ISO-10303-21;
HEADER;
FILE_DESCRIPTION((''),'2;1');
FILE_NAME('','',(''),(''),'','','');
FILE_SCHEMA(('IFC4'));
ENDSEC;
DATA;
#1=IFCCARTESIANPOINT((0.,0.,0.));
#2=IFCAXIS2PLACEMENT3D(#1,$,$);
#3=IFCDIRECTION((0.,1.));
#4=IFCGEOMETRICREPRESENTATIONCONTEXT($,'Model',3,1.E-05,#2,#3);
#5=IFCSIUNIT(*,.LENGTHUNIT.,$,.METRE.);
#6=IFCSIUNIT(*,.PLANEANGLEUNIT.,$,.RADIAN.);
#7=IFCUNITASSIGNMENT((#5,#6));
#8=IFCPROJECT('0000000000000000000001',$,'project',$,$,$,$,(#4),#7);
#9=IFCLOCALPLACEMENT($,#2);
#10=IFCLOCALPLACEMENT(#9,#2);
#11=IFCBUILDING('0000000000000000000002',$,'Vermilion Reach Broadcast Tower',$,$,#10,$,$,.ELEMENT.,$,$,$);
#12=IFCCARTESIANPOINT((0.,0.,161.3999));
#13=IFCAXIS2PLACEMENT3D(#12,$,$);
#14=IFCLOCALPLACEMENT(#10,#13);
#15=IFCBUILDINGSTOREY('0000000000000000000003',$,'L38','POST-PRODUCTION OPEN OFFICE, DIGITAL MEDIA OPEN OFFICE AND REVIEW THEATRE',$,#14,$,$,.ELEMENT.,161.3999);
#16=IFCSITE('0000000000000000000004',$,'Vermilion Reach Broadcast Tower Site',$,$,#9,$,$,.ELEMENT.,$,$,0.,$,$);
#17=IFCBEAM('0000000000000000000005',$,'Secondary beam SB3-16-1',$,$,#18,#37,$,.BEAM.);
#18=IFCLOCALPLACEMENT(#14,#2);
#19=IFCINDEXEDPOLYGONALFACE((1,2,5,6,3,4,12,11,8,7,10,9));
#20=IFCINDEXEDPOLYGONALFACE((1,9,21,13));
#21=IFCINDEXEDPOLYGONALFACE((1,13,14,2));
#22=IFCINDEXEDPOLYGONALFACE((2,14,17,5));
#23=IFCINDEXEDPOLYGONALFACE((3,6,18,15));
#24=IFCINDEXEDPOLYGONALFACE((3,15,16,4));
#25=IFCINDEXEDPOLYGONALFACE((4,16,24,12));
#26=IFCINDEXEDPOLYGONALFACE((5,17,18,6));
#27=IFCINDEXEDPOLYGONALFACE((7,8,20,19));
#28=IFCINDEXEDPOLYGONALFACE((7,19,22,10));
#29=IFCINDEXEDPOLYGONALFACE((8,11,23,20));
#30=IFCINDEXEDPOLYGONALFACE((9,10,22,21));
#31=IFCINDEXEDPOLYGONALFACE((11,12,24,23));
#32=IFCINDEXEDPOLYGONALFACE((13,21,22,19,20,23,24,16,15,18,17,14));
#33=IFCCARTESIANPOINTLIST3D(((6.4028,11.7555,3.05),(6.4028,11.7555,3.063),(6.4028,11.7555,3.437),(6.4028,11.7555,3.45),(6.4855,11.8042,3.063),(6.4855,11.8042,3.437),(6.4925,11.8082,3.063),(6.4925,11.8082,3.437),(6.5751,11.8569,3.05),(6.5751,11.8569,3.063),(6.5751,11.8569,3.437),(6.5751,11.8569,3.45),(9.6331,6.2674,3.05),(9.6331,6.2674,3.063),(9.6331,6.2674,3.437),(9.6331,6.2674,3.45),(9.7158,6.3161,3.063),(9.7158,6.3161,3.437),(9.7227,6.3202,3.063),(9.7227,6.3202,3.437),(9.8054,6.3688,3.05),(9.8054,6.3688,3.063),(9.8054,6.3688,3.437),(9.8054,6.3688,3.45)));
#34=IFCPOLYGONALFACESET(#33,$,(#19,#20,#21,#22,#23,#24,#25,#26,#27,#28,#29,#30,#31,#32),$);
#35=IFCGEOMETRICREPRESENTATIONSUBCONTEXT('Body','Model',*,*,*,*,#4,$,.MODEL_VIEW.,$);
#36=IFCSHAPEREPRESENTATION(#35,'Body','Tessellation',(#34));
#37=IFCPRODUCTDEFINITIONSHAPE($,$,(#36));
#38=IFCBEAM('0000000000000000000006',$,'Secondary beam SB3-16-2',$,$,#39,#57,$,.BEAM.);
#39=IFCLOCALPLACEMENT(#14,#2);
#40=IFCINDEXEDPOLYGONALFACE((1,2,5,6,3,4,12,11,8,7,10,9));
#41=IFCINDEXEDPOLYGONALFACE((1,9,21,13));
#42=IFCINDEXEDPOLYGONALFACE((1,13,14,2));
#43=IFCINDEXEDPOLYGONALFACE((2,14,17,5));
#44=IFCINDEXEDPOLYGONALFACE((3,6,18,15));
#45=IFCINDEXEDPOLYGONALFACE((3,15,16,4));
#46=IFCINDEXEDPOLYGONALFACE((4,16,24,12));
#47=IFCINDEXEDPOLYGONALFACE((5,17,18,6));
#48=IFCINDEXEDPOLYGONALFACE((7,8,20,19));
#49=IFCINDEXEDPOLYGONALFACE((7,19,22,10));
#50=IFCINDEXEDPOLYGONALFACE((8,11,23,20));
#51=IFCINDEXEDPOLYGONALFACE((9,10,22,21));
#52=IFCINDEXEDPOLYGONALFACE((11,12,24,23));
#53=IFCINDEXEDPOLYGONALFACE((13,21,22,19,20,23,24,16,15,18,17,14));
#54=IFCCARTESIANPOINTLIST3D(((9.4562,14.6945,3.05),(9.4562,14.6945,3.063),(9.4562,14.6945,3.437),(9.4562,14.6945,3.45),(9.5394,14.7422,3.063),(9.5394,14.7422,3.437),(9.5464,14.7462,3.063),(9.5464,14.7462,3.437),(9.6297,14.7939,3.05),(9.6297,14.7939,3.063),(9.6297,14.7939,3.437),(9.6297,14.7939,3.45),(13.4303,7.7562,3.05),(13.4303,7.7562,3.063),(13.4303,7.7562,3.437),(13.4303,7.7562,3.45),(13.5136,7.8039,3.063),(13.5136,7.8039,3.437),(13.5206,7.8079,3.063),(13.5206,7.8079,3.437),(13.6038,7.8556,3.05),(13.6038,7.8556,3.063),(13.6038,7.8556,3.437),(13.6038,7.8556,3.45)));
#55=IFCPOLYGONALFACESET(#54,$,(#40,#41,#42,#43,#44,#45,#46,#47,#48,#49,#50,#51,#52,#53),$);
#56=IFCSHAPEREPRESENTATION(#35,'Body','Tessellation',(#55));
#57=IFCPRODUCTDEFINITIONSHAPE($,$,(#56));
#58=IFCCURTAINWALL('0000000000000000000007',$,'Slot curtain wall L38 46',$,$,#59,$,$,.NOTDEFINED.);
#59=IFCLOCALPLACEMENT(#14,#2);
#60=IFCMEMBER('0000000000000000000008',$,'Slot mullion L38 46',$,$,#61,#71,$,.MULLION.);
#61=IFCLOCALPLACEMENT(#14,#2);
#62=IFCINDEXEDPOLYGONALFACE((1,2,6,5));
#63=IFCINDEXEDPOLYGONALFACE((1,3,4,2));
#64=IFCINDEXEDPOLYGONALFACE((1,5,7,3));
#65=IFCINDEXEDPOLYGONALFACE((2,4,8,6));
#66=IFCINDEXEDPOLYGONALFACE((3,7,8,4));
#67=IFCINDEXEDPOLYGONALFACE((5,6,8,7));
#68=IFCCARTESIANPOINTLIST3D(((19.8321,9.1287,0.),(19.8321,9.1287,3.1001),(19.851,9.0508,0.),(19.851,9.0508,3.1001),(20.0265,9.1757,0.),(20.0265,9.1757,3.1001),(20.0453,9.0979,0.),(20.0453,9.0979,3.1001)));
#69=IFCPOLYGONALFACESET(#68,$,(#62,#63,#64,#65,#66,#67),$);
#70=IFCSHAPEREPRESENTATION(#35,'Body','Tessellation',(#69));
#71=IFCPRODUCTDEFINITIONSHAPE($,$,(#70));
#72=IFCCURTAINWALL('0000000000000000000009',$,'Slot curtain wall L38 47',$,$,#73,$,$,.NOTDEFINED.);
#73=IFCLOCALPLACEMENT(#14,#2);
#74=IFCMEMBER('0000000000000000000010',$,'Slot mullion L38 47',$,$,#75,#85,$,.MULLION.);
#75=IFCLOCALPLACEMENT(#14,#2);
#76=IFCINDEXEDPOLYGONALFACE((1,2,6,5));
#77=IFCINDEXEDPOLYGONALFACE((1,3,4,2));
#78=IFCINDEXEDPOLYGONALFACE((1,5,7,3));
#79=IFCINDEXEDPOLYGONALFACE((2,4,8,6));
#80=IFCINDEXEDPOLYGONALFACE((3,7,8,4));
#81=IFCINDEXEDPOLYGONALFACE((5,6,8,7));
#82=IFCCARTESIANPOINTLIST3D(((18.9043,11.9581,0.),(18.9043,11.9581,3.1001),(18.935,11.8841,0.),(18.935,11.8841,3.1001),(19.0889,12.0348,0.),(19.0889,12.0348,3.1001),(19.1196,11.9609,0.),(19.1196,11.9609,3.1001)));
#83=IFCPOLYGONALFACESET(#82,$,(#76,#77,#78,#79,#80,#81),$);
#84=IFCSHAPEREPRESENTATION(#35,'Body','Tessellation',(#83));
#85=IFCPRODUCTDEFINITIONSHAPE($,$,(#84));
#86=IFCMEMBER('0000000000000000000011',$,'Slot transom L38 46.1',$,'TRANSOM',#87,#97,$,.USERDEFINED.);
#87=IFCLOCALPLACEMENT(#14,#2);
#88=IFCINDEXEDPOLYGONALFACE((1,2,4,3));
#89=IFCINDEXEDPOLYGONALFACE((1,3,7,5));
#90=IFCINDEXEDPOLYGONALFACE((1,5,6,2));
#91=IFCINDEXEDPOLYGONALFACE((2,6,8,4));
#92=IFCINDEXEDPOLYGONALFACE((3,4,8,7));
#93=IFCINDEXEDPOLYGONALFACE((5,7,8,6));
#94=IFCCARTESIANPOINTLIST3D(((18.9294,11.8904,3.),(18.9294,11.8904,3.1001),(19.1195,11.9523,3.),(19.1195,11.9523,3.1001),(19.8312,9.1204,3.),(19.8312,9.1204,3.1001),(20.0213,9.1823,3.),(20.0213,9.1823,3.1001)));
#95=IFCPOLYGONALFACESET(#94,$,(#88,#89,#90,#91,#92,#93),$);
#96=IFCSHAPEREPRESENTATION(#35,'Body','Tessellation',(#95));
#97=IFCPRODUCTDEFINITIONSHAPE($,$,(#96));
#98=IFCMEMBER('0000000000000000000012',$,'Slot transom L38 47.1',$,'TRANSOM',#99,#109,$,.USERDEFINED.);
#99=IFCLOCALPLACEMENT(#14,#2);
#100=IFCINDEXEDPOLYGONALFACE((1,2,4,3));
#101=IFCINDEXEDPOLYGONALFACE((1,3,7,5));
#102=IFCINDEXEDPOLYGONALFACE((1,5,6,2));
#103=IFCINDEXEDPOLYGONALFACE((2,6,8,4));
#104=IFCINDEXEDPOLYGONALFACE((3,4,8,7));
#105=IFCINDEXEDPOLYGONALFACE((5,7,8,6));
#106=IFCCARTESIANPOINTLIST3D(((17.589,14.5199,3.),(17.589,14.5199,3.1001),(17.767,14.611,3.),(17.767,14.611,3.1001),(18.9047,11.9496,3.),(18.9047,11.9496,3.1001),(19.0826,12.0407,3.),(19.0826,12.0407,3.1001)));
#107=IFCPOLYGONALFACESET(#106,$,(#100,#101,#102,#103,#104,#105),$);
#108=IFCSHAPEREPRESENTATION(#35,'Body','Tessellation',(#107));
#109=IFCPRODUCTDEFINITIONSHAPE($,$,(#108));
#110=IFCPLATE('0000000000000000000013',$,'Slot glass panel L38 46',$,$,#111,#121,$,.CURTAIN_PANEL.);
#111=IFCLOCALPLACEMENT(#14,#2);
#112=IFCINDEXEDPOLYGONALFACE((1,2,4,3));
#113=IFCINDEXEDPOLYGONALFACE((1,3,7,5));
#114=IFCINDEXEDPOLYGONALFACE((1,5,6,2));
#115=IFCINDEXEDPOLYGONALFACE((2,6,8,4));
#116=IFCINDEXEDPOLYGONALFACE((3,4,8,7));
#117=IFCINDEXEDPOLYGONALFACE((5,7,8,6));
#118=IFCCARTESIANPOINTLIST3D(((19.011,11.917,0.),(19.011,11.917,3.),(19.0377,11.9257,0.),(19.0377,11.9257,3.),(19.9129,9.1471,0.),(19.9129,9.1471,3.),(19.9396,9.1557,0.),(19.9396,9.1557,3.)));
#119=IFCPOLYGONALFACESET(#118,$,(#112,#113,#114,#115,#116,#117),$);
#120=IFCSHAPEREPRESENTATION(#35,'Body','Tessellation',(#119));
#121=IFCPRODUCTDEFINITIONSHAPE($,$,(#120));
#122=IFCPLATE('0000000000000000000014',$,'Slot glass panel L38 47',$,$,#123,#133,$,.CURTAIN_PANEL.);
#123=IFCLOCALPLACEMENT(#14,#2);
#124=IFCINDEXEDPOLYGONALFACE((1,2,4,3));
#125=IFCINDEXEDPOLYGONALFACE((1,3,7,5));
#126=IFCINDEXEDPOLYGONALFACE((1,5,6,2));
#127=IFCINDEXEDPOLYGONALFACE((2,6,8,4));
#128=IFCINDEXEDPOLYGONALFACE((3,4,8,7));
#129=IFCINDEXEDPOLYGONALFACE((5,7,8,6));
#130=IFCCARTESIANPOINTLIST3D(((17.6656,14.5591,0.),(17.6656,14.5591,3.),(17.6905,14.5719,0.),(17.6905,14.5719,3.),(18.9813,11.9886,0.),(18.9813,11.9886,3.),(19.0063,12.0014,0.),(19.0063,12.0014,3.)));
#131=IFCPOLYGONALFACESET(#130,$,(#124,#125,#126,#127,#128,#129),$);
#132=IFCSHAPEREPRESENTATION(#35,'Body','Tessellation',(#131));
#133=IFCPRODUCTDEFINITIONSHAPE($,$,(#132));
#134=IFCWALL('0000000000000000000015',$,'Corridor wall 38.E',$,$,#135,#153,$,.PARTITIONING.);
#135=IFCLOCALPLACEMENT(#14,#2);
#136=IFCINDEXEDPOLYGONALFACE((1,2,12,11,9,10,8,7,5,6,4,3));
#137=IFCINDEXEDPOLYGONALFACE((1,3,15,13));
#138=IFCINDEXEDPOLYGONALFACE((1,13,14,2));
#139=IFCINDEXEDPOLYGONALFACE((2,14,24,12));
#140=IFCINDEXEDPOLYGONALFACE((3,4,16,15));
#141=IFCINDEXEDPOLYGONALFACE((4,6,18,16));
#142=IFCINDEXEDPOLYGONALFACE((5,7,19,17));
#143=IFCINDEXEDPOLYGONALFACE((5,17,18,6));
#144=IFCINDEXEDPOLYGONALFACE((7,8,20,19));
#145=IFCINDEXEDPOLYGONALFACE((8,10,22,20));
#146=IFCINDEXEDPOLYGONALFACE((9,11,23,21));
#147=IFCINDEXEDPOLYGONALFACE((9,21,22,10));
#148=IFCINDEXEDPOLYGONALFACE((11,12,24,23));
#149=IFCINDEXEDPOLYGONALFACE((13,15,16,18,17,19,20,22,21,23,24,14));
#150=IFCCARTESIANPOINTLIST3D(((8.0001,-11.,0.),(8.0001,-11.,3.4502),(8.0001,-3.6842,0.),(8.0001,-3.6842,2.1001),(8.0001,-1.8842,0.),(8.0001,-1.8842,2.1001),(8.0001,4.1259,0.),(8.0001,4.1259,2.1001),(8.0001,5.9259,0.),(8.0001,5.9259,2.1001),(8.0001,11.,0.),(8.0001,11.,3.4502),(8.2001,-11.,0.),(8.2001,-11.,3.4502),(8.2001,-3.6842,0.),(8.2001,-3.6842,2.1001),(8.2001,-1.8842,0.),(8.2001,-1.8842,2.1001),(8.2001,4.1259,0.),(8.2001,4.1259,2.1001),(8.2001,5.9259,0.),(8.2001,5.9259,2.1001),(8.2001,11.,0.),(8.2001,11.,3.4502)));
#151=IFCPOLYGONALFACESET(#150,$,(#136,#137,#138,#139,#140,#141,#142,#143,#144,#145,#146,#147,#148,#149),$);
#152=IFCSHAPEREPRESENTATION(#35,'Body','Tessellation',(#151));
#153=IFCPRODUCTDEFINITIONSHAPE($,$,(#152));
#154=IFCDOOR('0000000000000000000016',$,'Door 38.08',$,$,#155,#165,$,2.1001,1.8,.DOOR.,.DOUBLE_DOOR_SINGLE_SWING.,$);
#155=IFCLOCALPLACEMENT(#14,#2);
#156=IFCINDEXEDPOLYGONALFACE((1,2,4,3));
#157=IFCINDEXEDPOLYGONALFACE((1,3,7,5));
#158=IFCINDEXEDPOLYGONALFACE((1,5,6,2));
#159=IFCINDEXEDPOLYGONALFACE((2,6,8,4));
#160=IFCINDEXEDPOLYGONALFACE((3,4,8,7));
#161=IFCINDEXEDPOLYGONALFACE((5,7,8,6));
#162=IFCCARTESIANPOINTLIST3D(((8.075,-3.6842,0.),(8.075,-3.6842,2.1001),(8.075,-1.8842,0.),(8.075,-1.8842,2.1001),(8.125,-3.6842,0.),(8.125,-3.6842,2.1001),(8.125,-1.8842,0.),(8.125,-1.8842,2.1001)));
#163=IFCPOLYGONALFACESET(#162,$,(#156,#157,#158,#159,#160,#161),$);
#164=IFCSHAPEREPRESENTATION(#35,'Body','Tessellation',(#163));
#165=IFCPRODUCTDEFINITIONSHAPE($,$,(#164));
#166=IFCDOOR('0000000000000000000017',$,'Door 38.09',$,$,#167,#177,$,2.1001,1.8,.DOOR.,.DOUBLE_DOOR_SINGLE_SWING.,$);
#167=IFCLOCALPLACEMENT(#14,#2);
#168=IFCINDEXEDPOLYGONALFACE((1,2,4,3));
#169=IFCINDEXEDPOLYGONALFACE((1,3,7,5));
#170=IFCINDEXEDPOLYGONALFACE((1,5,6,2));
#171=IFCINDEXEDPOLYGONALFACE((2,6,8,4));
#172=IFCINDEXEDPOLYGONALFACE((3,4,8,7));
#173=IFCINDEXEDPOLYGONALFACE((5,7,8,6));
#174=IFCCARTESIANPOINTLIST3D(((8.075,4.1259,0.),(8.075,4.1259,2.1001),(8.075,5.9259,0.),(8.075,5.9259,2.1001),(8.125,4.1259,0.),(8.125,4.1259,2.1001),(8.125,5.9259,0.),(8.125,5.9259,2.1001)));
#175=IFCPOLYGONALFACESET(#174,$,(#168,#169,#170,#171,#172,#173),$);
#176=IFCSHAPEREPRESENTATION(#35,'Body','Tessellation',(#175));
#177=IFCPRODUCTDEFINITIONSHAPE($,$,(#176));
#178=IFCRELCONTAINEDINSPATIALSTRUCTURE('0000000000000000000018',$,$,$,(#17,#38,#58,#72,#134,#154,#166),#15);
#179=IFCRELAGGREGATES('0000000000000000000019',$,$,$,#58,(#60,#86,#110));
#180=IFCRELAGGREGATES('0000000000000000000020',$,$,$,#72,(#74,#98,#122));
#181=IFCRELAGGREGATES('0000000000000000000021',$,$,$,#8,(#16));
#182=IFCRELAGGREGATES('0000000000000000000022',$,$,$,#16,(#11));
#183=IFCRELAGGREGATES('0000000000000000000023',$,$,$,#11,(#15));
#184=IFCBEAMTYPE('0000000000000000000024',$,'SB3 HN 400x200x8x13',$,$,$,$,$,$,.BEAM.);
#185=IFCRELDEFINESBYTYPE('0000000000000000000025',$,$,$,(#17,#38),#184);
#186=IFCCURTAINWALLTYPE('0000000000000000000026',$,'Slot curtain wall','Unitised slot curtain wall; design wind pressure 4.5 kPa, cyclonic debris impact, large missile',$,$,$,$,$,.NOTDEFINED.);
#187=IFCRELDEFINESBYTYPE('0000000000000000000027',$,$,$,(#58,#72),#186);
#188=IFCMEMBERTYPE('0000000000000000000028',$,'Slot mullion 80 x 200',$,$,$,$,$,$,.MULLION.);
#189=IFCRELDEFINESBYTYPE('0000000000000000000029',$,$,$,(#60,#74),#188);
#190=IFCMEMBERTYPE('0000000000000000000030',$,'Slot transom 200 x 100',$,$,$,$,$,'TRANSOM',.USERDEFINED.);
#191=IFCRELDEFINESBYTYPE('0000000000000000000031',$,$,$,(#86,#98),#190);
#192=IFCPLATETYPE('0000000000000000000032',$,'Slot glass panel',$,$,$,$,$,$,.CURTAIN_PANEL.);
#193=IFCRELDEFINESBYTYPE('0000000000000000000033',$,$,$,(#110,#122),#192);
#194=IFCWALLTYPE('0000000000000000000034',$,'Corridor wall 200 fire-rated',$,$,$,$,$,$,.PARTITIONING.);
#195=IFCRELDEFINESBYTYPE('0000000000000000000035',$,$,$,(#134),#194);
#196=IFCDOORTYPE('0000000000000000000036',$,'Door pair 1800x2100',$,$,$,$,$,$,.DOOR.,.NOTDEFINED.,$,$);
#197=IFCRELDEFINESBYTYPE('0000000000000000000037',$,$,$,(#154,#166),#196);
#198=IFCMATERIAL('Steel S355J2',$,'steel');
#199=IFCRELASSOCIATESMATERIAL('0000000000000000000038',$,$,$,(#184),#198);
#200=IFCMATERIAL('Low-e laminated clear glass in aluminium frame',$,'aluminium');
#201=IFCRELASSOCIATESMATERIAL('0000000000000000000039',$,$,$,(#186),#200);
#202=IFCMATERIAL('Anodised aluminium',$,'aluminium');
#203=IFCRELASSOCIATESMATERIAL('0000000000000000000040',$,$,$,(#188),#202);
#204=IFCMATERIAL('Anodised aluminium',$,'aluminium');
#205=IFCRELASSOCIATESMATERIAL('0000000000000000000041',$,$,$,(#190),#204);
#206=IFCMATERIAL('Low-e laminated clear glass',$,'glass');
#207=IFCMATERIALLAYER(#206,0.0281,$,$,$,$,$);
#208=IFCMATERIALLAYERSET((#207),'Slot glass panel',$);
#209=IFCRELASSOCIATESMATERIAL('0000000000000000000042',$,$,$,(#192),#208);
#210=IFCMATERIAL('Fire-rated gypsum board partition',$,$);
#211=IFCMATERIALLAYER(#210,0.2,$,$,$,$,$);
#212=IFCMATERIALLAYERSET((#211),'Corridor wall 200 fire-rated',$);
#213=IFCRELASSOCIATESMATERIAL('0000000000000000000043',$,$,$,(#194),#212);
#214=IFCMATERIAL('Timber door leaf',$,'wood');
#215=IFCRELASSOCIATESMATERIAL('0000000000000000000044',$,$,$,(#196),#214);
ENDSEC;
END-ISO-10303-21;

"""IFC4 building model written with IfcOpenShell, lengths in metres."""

from ifc_helpers import new_model, si_unit, direction, frame, frame_2d, origin, origin_2d, place, context, subcontext, project, spatial, rectangle, i_section, extrude, material, layer, layer_set, material_profile, profile_set, type_object, element, fill, aggregate, save


model = new_model("IFC4")

# Units and contexts
model_context = context("Model", 3, precision=1e-05, world=origin(), true_north=direction((0.0, 1.0)))
body_context = subcontext(model_context, "Body", "Model", "MODEL_VIEW")
ifc_project = project(units=[si_unit("LENGTHUNIT", "METRE"), si_unit("PLANEANGLEUNIT", "RADIAN")], contexts=[model_context])

# Site, building, storey
site_placement = place(None, origin())
site = spatial("IfcSite", under=ifc_project, at=site_placement, Name="Vermilion Reach Broadcast Tower Site", CompositionType="ELEMENT", RefElevation=0.0)
building_placement = place(site_placement, origin())
building = spatial("IfcBuilding", under=site, at=building_placement, Name="Vermilion Reach Broadcast Tower", CompositionType="ELEMENT")
storey_placement = place(building_placement, frame((0.0, 0.0, 161.3999)))
storey = spatial("IfcBuildingStorey", under=building, at=storey_placement, Name="L38", Description="POST-PRODUCTION OPEN OFFICE, DIGITAL MEDIA OPEN OFFICE AND REVIEW THEATRE", CompositionType="ELEMENT", Elevation=161.3999)

# Beams
ifc_material_1 = material(Name="Steel S355J2", Category="steel")
ifc_material_profile_1 = material_profile(ifc_material_1, i_section(OverallWidth=0.2, OverallDepth=0.3999, WebThickness=0.0081, FlangeThickness=0.0129, at=origin_2d()), Name="S355J2 HN 400x200x8x13")
ifc_profile_set_1 = profile_set([ifc_material_profile_1], Name="Steel S355J2")
beam_type_1 = type_object("IfcBeamType", Name="SB3 HN 400x200x8x13", PredefinedType="BEAM", material=ifc_profile_set_1)
beam_1_placement = place(storey_placement, frame((9.7192, 6.3181, 3.25), z_axis=(-0.50725, 0.861799, 0.0), x_axis=(-0.861799, -0.50725, 0.0)))
element("IfcBeam", 1, at=beam_1_placement, inside=storey, type_object=beam_type_1, Name="Secondary beam SB3-16-1", PredefinedType="BEAM", context=body_context, shape_type="SweptSolid", body=[
    extrude(i_section(OverallWidth=0.2, OverallDepth=0.3999, WebThickness=0.0081, FlangeThickness=0.0129, at=origin_2d()), origin(), (0.0, 0.0, 1.0), 6.3682),
])
beam_2_placement = place(storey_placement, frame((13.5171, 7.8059, 3.25), z_axis=(-0.497027, 0.867735, 0.0), x_axis=(-0.867735, -0.497027, 0.0)))
element("IfcBeam", 2, at=beam_2_placement, inside=storey, type_object=beam_type_1, Name="Secondary beam SB3-16-2", PredefinedType="BEAM", context=body_context, shape_type="SweptSolid", body=[
    extrude(i_section(OverallWidth=0.2, OverallDepth=0.3999, WebThickness=0.0081, FlangeThickness=0.0129, at=origin_2d()), origin(), (0.0, 0.0, 1.0), 7.9958),
])

# Curtain walls, members
ifc_material_2 = material(Name="Low-e laminated clear glass in aluminium frame", Category="aluminium")
curtain_wall_type = type_object("IfcCurtainWallType", Name="Slot curtain wall", Description="Unitised slot curtain wall; design wind pressure 4.5 kPa, cyclonic debris impact, large missile", PredefinedType="NOTDEFINED", material=ifc_material_2)
placement = place(storey_placement, origin())
curtain_wall_1 = element("IfcCurtainWall", 3, at=placement, inside=storey, type_object=curtain_wall_type, Name="Slot curtain wall L38 46", PredefinedType="NOTDEFINED")
ifc_material_3 = material(Name="Anodised aluminium", Category="aluminium")
ifc_material_profile_2 = material_profile(ifc_material_3, rectangle(XDim=0.2, YDim=0.0801, at=origin_2d()), Name="Slot mullion 80 x 200")
ifc_profile_set_2 = profile_set([ifc_material_profile_2], Name="Anodised aluminium")
member_type_1 = type_object("IfcMemberType", Name="Slot mullion 80 x 200", PredefinedType="MULLION", material=ifc_profile_set_2)
member_1_placement = place(storey_placement, frame((19.9387, 9.1133, 0.0), z_axis=(0.0, 0.0, 1.0), x_axis=(-0.971934, -0.235253, 0.0)))
member_1 = element("IfcMember", 4, at=member_1_placement, type_object=member_type_1, Name="Slot mullion L38 46", PredefinedType="MULLION", context=body_context, shape_type="SweptSolid", body=[
    extrude(rectangle(XDim=0.2, YDim=0.0801, at=origin_2d()), origin(), (0.0, 0.0, 1.0), 3.1001),
])
curtain_wall_2 = element("IfcCurtainWall", 5, at=placement, inside=storey, type_object=curtain_wall_type, Name="Slot curtain wall L38 47", PredefinedType="NOTDEFINED")
member_2_placement = place(storey_placement, frame((19.012, 11.9595, 0.0), z_axis=(0.0, 0.0, 1.0), x_axis=(-0.923404, -0.38383, 0.0)))
member_2 = element("IfcMember", 6, at=member_2_placement, type_object=member_type_1, Name="Slot mullion L38 47", PredefinedType="MULLION", context=body_context, shape_type="SweptSolid", body=[
    extrude(rectangle(XDim=0.2, YDim=0.0801, at=origin_2d()), origin(), (0.0, 0.0, 1.0), 3.1001),
])

# Members
ifc_material_4 = material(Name="Anodised aluminium", Category="aluminium")
ifc_material_profile_3 = material_profile(ifc_material_4, rectangle(XDim=0.2, YDim=0.1001, at=origin_2d()), Name="Slot transom 200 x 100")
ifc_profile_set_3 = profile_set([ifc_material_profile_3], Name="Anodised aluminium")
member_type_2 = type_object("IfcMemberType", Name="Slot transom 200 x 100", ElementType="TRANSOM", PredefinedType="USERDEFINED", material=ifc_profile_set_3)
member_3_placement = place(storey_placement, frame((19.9263, 9.1514, 3.05), z_axis=(-0.309583, 0.950873, 0.0), x_axis=(-0.950873, -0.309583, 0.0)))
member_3 = element("IfcMember", 7, at=member_3_placement, type_object=member_type_2, Name="Slot transom L38 46.1", ObjectType="TRANSOM", PredefinedType="USERDEFINED", context=body_context, shape_type="SweptSolid", body=[
    extrude(rectangle(XDim=0.2, YDim=0.1001, at=origin_2d()), origin(), (0.0, 0.0, 1.0), 2.9131),
])
member_4_placement = place(storey_placement, frame((18.9937, 11.9951, 3.05), z_axis=(-0.455649, 0.89016, 0.0), x_axis=(-0.89016, -0.455649, 0.0)))
member_4 = element("IfcMember", 8, at=member_4_placement, type_object=member_type_2, Name="Slot transom L38 47.1", ObjectType="TRANSOM", PredefinedType="USERDEFINED", context=body_context, shape_type="SweptSolid", body=[
    extrude(rectangle(XDim=0.2, YDim=0.1001, at=origin_2d()), origin(), (0.0, 0.0, 1.0), 2.8875),
])

# Plates
ifc_material_5 = material(Name="Low-e laminated clear glass", Category="glass")
ifc_layer_1 = layer(ifc_material_5, 0.0281)
ifc_layer_set_1 = layer_set([ifc_layer_1], Name="Slot glass panel")
plate_type = type_object("IfcPlateType", Name="Slot glass panel", PredefinedType="CURTAIN_PANEL", material=ifc_layer_set_1)
plate_1_placement = place(storey_placement, frame((19.4753, 10.5364, 0.0), z_axis=(0.0, 0.0, 1.0), x_axis=(-0.309606, 0.950865, 0.0)))
plate_1 = element("IfcPlate", 9, at=plate_1_placement, type_object=plate_type, Name="Slot glass panel L38 46", PredefinedType="CURTAIN_PANEL", context=body_context, shape_type="SweptSolid", body=[
    extrude(rectangle(XDim=2.9131, YDim=0.0281, at=origin_2d()), origin(), (0.0, 0.0, 1.0), 3.0),
])
aggregate(curtain_wall_1, [member_1, member_3, plate_1])
plate_2_placement = place(storey_placement, frame((18.3359, 13.2803, 0.0), z_axis=(0.0, 0.0, 1.0), x_axis=(-0.45565, 0.890159, 0.0)))
plate_2 = element("IfcPlate", 10, at=plate_2_placement, type_object=plate_type, Name="Slot glass panel L38 47", PredefinedType="CURTAIN_PANEL", context=body_context, shape_type="SweptSolid", body=[
    extrude(rectangle(XDim=2.8877, YDim=0.0281, at=origin_2d()), origin(), (0.0, 0.0, 1.0), 3.0),
])
aggregate(curtain_wall_2, [member_2, member_4, plate_2])

# Wall, openings, doors
ifc_material_6 = material(Name="Fire-rated gypsum board partition")
ifc_layer_2 = layer(ifc_material_6, 0.2)
ifc_layer_set_2 = layer_set([ifc_layer_2], Name="Corridor wall 200 fire-rated")
wall_type_1 = type_object("IfcWallType", Name="Corridor wall 200 fire-rated", PredefinedType="PARTITIONING", material=ifc_layer_set_2)
wall_1_placement = place(storey_placement, frame((8.1001, 11.0, 0.0), z_axis=(0.0, 0.0, 1.0), x_axis=(0.0, -1.0, 0.0)))
wall_1 = element("IfcWall", 11, at=wall_1_placement, inside=storey, type_object=wall_type_1, Name="Corridor wall 38.E", PredefinedType="PARTITIONING", context=body_context, shape_type="SweptSolid", body=[
    extrude(rectangle(XDim=22.0, YDim=0.2, at=frame_2d((11.0, 0.0))), origin(), (0.0, 0.0, 1.0), 3.4502),
])
opening_1_placement = place(wall_1_placement, frame((12.8843, 0.0, 0.0)))
opening_1 = element("IfcOpeningElement", 12, at=opening_1_placement, cuts=wall_1, PredefinedType="OPENING", context=body_context, shape_type="SweptSolid", body=[
    extrude(rectangle(XDim=1.8, YDim=2.1001, at=frame_2d((0.8999, 1.05))), frame((0.0, 0.1099, 0.0), z_axis=(0.0, -1.0, 0.0), x_axis=(1.0, 0.0, 0.0)), (0.0, 0.0, 1.0), 0.22),
])
opening_2_placement = place(wall_1_placement, frame((5.0742, 0.0, 0.0)))
opening_2 = element("IfcOpeningElement", 13, at=opening_2_placement, cuts=wall_1, PredefinedType="OPENING", context=body_context, shape_type="SweptSolid", body=[
    extrude(rectangle(XDim=1.8, YDim=2.1001, at=frame_2d((0.8999, 1.05))), frame((0.0, 0.1099, 0.0), z_axis=(0.0, -1.0, 0.0), x_axis=(1.0, 0.0, 0.0)), (0.0, 0.0, 1.0), 0.22),
])
ifc_material_7 = material(Name="Timber door leaf", Category="wood")
door_type_1 = type_object("IfcDoorType", Name="Door pair 1800x2100", OperationType="NOTDEFINED", PredefinedType="DOOR", material=ifc_material_7)
door_1_placement = place(opening_1_placement, origin())
door_1 = element("IfcDoor", 14, at=door_1_placement, inside=storey, type_object=door_type_1, Name="Door 38.08", OperationType="DOUBLE_DOOR_SINGLE_SWING", OverallHeight=2.1001, OverallWidth=1.8, PredefinedType="DOOR", context=body_context, shape_type="SweptSolid", body=[
    extrude(rectangle(XDim=1.8, YDim=2.1001, at=frame_2d((0.8999, 1.05))), frame((0.0, 0.0249, 0.0), z_axis=(0.0, -1.0, 0.0), x_axis=(1.0, 0.0, 0.0)), (0.0, 0.0, 1.0), 0.05),
])
fill(opening_1, door_1)
door_2_placement = place(opening_2_placement, origin())
door_2 = element("IfcDoor", 15, at=door_2_placement, inside=storey, type_object=door_type_1, Name="Door 38.09", OperationType="DOUBLE_DOOR_SINGLE_SWING", OverallHeight=2.1001, OverallWidth=1.8, PredefinedType="DOOR", context=body_context, shape_type="SweptSolid", body=[
    extrude(rectangle(XDim=1.8, YDim=2.1001, at=frame_2d((0.8999, 1.05))), frame((0.0, 0.0249, 0.0), z_axis=(0.0, -1.0, 0.0), x_axis=(1.0, 0.0, 0.0)), (0.0, 0.0, 1.0), 0.05),
])
fill(opening_2, door_2)

save(model, "model.ifc")
